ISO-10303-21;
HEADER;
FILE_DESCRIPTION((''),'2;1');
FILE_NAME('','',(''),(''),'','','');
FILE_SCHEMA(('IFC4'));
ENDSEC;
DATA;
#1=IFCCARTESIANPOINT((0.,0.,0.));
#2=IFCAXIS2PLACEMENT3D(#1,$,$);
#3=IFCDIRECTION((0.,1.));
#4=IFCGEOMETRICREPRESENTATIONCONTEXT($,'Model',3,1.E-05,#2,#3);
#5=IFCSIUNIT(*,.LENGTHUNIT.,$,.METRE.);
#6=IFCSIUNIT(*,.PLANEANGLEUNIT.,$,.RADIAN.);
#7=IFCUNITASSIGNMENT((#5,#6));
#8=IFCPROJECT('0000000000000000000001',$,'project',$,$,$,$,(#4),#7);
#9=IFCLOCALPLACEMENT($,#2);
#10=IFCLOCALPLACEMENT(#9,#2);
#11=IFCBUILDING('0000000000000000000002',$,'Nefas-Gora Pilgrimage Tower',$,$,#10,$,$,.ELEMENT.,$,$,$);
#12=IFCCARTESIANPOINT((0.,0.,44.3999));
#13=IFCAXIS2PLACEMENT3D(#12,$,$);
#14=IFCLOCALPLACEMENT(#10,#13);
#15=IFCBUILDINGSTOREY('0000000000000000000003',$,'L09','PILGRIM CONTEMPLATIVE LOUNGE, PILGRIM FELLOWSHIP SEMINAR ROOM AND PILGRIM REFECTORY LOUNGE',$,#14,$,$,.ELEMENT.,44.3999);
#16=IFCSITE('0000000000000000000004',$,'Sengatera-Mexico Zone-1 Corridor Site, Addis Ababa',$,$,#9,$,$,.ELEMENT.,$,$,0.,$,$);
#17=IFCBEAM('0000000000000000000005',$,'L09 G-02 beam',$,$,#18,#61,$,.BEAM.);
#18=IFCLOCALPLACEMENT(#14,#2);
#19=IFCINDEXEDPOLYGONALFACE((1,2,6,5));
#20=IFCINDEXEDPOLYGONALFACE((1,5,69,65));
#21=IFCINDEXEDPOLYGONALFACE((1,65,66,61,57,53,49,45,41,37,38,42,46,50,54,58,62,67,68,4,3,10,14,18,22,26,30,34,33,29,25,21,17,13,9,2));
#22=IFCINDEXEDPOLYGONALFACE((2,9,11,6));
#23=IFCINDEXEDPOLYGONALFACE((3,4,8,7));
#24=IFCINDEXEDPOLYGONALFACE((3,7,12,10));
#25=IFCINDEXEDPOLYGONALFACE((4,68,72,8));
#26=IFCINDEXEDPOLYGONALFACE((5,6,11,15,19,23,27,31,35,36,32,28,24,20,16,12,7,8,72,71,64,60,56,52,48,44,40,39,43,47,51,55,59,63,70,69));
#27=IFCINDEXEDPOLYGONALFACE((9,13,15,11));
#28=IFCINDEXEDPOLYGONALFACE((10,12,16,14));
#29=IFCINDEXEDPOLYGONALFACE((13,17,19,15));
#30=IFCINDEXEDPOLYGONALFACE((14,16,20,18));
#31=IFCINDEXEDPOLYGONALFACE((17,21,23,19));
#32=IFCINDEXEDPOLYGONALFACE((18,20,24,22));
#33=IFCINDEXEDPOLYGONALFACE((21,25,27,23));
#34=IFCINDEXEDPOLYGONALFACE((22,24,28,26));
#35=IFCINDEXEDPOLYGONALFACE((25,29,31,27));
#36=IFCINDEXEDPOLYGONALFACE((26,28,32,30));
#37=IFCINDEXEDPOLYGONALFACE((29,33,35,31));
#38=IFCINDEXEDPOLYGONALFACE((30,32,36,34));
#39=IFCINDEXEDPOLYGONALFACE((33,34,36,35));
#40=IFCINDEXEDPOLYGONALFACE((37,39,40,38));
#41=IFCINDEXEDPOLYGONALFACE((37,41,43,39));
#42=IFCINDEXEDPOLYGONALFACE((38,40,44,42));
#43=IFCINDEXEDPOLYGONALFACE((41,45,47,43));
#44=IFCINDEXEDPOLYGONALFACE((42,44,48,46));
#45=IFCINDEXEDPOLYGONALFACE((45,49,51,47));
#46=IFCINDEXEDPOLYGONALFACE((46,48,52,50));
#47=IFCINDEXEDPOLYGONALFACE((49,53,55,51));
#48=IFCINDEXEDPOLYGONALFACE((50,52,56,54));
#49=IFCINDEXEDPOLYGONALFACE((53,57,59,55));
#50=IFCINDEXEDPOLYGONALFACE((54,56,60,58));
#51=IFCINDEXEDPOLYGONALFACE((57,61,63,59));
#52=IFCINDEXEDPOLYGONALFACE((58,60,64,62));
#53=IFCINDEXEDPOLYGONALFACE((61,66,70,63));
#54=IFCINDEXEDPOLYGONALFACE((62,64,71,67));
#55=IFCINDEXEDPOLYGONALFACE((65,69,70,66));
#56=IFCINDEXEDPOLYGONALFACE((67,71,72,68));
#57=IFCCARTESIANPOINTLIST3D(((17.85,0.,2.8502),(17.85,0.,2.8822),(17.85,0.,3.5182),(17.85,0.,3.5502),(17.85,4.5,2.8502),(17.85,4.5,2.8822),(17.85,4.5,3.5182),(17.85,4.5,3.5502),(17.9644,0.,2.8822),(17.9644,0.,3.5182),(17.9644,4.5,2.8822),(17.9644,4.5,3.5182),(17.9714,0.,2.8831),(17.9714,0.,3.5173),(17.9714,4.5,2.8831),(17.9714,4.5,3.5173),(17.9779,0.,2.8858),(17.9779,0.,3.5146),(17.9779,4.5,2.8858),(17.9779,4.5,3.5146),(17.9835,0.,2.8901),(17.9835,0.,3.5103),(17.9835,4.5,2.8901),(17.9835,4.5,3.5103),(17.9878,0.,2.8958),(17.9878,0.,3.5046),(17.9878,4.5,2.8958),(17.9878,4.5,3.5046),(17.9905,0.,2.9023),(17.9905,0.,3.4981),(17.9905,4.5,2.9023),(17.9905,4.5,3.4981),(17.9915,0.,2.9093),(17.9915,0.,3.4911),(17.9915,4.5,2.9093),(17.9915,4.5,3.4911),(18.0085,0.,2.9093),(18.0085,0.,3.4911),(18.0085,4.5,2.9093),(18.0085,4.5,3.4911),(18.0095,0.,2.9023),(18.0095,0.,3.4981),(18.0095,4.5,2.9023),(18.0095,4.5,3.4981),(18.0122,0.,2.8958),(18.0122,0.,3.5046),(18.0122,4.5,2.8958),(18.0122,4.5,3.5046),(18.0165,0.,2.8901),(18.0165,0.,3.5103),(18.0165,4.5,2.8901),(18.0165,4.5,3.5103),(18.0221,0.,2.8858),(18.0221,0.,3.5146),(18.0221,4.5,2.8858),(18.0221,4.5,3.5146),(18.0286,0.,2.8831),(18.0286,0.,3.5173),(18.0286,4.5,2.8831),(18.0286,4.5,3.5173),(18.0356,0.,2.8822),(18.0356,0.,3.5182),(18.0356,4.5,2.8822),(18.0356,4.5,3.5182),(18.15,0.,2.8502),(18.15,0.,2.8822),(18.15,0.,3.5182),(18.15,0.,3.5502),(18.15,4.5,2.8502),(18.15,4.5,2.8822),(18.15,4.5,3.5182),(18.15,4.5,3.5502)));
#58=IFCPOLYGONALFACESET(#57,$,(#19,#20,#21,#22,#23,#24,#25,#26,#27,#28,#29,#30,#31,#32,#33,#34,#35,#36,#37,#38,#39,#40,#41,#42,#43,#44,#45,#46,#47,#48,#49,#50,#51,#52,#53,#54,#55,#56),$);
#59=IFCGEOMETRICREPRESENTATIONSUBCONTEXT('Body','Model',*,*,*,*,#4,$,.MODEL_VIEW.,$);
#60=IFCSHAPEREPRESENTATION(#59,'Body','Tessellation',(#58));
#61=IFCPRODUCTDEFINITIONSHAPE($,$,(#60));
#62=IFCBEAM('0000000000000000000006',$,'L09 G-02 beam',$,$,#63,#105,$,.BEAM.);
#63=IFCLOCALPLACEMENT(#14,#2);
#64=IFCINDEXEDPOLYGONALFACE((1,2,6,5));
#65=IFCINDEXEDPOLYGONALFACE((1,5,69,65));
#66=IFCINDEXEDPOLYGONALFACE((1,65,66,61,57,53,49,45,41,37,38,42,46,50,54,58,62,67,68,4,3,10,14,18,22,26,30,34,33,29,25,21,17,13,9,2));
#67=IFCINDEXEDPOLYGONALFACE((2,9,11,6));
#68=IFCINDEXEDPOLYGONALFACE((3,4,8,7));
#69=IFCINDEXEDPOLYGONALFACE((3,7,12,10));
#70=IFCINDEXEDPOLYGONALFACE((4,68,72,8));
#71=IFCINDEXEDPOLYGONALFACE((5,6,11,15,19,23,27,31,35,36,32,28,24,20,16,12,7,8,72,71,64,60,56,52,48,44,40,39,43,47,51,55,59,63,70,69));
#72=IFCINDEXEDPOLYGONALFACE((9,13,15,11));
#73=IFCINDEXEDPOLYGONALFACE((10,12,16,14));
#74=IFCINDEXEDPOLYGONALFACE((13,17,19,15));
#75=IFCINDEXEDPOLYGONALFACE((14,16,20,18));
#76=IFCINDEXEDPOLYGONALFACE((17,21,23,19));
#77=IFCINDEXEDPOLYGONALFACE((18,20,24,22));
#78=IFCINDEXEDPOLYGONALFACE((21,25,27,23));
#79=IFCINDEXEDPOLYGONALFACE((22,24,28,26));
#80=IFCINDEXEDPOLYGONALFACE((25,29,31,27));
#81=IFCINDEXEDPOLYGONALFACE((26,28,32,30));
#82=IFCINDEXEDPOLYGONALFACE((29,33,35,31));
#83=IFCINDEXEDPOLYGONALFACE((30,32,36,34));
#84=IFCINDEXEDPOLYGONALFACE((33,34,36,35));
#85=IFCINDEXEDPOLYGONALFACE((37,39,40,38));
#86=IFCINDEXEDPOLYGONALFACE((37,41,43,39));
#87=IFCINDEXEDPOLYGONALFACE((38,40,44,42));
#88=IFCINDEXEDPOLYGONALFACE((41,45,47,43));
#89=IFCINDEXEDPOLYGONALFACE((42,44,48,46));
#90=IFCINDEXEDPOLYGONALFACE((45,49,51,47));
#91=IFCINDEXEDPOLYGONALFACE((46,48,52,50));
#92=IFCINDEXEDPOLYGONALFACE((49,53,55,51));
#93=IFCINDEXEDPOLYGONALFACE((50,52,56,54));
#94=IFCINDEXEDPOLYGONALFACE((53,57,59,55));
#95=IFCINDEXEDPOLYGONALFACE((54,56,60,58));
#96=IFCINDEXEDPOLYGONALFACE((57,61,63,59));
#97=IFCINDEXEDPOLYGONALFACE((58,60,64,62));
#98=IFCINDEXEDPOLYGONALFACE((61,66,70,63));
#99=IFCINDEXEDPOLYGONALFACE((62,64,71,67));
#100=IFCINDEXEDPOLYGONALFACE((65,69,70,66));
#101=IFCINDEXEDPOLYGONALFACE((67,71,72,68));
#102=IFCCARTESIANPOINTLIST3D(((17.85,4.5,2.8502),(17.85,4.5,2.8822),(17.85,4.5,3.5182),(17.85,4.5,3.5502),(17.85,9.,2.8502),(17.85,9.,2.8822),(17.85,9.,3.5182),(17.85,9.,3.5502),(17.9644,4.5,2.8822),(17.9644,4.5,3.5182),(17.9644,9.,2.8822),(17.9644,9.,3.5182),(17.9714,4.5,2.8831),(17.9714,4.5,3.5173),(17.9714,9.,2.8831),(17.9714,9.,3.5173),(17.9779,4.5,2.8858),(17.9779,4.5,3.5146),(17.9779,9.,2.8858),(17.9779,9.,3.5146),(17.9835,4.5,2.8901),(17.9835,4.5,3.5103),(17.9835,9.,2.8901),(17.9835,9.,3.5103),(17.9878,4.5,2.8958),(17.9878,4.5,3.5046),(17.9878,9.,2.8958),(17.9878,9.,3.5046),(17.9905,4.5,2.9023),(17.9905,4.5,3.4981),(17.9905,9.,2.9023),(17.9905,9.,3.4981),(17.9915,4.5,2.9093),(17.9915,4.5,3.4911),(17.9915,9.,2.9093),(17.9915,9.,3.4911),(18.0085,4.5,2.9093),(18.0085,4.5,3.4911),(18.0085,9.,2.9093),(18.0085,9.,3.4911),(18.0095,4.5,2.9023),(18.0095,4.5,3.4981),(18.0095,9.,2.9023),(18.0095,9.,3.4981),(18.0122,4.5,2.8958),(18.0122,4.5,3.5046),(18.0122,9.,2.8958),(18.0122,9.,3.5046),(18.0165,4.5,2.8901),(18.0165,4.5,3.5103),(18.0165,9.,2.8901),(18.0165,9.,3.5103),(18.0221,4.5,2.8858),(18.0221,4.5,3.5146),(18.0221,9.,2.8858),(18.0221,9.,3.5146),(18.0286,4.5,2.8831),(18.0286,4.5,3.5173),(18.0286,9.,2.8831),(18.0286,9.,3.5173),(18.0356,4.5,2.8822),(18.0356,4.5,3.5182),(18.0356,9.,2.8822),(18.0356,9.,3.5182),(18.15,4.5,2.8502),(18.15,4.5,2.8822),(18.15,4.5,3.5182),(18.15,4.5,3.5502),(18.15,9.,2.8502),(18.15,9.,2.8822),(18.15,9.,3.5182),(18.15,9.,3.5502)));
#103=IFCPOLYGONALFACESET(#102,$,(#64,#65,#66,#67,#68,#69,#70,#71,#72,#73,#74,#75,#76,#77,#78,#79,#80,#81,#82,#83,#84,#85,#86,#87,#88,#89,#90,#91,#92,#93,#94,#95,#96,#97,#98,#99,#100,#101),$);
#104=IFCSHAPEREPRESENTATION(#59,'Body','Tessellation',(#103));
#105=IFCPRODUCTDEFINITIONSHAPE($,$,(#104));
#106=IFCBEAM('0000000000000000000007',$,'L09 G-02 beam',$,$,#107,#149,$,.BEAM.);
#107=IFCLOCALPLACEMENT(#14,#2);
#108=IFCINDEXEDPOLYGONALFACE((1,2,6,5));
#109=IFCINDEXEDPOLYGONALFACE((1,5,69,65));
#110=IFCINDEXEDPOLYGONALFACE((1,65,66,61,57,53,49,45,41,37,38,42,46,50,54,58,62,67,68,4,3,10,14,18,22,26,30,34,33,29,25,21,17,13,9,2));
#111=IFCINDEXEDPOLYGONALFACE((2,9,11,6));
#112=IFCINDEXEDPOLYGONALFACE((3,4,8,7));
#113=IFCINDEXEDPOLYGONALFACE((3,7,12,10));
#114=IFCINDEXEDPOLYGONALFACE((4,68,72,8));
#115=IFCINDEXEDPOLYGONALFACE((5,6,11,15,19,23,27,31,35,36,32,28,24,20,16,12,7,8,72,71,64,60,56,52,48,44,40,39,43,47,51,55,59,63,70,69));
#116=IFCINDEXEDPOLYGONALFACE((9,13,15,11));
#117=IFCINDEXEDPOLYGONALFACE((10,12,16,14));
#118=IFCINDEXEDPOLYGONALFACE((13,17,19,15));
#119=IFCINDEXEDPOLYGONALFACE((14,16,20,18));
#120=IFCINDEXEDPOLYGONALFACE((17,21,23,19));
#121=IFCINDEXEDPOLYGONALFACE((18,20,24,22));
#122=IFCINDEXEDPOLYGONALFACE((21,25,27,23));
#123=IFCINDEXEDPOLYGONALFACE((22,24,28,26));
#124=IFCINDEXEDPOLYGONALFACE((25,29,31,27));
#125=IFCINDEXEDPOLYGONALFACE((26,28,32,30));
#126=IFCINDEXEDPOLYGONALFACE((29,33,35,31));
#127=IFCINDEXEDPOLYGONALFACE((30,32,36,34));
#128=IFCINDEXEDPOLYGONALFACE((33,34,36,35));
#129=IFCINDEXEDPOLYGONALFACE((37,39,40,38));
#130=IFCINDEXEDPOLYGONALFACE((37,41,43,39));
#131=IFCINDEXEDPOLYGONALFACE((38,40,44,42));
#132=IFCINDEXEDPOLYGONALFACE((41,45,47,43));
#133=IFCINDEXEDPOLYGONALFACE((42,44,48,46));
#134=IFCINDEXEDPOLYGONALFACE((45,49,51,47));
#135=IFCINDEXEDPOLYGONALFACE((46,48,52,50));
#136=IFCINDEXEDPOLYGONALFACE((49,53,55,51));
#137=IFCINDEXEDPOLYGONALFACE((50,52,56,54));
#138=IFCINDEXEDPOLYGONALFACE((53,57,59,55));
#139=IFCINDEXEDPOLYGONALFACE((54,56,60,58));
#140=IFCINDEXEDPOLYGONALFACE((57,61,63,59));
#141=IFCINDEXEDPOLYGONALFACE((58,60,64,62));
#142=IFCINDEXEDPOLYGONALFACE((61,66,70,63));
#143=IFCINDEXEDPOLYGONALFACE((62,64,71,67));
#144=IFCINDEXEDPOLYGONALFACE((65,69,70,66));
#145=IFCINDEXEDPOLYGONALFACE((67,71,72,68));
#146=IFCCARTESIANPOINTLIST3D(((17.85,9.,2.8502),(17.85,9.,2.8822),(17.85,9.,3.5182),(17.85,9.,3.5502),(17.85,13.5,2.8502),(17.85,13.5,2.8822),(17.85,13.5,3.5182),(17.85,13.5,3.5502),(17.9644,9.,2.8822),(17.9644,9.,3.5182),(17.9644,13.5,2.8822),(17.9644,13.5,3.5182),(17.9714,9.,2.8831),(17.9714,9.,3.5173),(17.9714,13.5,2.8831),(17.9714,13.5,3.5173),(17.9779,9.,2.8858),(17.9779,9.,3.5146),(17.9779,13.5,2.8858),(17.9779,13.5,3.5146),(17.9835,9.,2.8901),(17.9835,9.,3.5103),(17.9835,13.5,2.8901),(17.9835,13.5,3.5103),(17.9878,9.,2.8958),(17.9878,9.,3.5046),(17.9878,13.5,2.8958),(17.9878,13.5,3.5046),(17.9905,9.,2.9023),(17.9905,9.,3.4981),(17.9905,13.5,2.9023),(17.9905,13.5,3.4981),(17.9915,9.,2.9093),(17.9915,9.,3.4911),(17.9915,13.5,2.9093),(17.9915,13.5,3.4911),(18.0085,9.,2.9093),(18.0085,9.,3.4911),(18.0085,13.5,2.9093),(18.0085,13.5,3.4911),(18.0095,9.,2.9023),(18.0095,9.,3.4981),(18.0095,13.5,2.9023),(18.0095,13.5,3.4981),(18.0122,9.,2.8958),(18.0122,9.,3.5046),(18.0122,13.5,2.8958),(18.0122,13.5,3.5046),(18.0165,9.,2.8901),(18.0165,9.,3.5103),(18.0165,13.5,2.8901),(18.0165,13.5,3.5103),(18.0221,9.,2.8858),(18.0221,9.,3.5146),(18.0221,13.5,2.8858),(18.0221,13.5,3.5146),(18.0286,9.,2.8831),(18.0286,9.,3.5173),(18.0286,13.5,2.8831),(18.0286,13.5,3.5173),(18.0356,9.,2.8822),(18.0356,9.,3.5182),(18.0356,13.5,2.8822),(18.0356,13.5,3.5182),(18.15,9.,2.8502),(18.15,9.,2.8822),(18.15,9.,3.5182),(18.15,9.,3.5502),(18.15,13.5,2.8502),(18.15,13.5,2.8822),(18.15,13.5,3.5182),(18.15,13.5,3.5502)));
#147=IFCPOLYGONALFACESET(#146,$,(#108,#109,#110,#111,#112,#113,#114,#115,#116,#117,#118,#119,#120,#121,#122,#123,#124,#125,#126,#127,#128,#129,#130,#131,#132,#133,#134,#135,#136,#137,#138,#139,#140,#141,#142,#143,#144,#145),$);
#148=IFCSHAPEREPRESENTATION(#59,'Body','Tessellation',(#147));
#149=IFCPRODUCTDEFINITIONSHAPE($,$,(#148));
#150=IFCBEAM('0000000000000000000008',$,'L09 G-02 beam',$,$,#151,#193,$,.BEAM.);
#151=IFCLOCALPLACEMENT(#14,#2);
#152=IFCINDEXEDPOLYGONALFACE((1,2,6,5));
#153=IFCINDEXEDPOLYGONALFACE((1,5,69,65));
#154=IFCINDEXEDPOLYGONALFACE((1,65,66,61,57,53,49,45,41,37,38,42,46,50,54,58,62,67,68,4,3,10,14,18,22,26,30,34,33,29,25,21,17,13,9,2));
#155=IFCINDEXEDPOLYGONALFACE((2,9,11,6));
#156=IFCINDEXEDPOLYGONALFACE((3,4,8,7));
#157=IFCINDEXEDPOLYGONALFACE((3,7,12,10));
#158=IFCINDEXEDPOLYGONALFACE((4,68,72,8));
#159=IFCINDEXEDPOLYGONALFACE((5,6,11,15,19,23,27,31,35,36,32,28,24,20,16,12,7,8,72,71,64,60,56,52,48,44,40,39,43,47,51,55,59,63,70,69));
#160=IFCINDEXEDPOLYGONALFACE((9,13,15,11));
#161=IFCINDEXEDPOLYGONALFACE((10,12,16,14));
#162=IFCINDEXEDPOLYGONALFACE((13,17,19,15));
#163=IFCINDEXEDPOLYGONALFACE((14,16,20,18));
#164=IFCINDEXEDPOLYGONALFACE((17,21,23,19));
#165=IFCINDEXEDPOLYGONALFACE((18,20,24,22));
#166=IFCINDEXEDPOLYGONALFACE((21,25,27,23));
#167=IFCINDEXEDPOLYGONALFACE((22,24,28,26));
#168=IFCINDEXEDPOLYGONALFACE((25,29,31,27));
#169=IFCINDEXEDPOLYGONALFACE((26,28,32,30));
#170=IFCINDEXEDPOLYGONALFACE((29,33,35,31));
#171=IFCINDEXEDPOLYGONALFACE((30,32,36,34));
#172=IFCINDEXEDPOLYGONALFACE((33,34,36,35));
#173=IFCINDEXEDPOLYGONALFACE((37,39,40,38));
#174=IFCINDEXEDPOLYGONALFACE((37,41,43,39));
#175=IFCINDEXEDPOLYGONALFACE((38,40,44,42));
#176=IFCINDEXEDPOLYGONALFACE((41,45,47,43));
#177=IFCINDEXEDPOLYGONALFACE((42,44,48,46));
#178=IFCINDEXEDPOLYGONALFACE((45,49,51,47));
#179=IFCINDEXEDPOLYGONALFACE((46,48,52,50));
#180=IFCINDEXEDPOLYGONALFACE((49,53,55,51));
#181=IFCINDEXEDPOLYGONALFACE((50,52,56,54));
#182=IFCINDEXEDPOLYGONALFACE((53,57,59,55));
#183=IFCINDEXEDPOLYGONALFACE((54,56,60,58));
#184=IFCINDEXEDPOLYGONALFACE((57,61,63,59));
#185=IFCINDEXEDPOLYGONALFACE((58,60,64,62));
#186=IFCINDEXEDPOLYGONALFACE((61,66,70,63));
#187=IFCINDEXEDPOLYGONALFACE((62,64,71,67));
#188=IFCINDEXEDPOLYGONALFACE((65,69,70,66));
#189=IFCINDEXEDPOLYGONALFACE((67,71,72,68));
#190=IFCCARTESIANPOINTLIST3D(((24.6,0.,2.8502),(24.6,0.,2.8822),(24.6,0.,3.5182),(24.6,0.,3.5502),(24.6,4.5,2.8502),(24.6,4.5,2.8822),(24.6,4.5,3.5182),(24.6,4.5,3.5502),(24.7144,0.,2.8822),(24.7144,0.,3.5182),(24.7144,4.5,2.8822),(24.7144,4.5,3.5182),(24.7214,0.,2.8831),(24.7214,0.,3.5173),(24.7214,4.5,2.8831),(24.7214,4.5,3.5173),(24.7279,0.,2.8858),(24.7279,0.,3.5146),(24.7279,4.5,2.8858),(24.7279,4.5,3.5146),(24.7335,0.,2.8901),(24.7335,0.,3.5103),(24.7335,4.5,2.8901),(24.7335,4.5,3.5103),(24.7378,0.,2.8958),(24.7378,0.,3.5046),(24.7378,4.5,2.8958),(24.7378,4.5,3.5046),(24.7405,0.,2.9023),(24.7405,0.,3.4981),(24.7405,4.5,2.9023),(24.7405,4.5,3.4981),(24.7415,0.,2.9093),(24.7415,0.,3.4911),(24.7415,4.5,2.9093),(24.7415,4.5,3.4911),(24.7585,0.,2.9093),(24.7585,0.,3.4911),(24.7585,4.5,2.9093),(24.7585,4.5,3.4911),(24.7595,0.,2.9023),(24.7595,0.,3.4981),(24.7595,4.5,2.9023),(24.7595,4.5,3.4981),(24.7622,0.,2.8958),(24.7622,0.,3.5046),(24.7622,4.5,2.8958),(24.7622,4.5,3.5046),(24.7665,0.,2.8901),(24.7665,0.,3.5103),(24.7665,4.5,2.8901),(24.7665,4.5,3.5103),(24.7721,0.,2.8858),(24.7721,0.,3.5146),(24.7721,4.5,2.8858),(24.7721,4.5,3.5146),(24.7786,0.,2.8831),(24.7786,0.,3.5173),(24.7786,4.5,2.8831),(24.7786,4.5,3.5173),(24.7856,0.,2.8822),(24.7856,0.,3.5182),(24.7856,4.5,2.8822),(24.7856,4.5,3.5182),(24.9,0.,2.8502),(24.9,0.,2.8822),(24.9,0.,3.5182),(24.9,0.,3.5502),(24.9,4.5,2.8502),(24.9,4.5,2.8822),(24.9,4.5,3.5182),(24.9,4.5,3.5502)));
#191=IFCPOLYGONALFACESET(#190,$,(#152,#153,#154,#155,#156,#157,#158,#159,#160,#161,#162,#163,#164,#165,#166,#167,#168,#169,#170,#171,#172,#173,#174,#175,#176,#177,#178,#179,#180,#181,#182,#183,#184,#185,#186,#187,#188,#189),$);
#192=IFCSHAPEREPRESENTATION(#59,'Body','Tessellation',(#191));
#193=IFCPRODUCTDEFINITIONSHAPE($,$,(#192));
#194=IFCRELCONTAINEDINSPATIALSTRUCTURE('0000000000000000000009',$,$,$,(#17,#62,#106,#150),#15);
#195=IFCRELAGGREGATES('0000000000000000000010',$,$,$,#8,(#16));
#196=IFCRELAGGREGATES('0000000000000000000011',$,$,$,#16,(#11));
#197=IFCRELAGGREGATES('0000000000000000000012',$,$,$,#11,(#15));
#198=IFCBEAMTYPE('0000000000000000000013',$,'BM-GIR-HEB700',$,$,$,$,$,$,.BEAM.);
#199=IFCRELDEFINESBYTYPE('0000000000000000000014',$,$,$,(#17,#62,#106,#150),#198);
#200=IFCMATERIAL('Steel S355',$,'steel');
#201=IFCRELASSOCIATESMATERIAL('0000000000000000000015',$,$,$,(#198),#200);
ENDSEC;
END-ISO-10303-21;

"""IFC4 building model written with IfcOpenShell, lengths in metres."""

from ifc_helpers import new_model, si_unit, direction, frame, origin, origin_2d, place, context, subcontext, project, spatial, i_section, extrude, source, transform, mapped, material, material_profile, profile_set, type_object, element, save


model = new_model("IFC4")

# Units and contexts
model_context = context("Model", 3, precision=1e-05, world=origin(), true_north=direction((0.0, 1.0)))
body_context = subcontext(model_context, "Body", "Model", "MODEL_VIEW")
ifc_project = project(units=[si_unit("LENGTHUNIT", "METRE"), si_unit("PLANEANGLEUNIT", "RADIAN")], contexts=[model_context])

# Site, building, storey
site_placement = place(None, origin())
site = spatial("IfcSite", under=ifc_project, at=site_placement, Name="Sengatera-Mexico Zone-1 Corridor Site, Addis Ababa", CompositionType="ELEMENT", RefElevation=0.0)
building_placement = place(site_placement, origin())
building = spatial("IfcBuilding", under=site, at=building_placement, Name="Nefas-Gora Pilgrimage Tower", CompositionType="ELEMENT")
storey_placement = place(building_placement, frame((0.0, 0.0, 44.3999)))
storey = spatial("IfcBuildingStorey", under=building, at=storey_placement, Name="L09", Description="PILGRIM CONTEMPLATIVE LOUNGE, PILGRIM FELLOWSHIP SEMINAR ROOM AND PILGRIM REFECTORY LOUNGE", CompositionType="ELEMENT", Elevation=44.3999)

# Beams
ifc_material_1 = material(Name="Steel S355", Category="steel")
ifc_material_profile_1 = material_profile(ifc_material_1, i_section(OverallWidth=0.3, OverallDepth=0.7, WebThickness=0.0171, FlangeThickness=0.032, FilletRadius=0.0271, at=origin_2d()), Name="HEB 700")
ifc_profile_set_1 = profile_set([ifc_material_profile_1], Name="Steel S355")
beam_type_1 = type_object("IfcBeamType", Name="BM-GIR-HEB700", PredefinedType="BEAM", material=ifc_profile_set_1)
shared_shape_1 = source(origin(), body_context, "Body", "SweptSolid", [
    extrude(i_section(OverallWidth=0.3, OverallDepth=0.7, WebThickness=0.0171, FlangeThickness=0.032, FilletRadius=0.0271, at=origin_2d()), origin(), (0.0, 0.0, 1.0), 4.5),
])
for number, where, z_axis, x_axis, name in (
    (1, (18.0, 0.0, 3.2002), (0.0, 1.0, 0.0), (-1.0, 0.0, 0.0), "L09 G-02 beam"),
    (2, (18.0, 4.5, 3.2002), (0.0, 1.0, 0.0), (-1.0, 0.0, 0.0), "L09 G-02 beam"),
    (3, (18.0, 9.0, 3.2002), (0.0, 1.0, 0.0), (-1.0, 0.0, 0.0), "L09 G-02 beam"),
    (4, (24.75, 0.0, 3.2002), (0.0, 1.0, 0.0), (-1.0, 0.0, 0.0), "L09 G-02 beam"),
):
    element("IfcBeam", number, at=place(storey_placement, frame(where, z_axis=z_axis, x_axis=x_axis)), inside=storey, type_object=beam_type_1, Name=name, PredefinedType="BEAM", context=body_context, shape_type="MappedRepresentation", body=[
        mapped(shared_shape_1, transform((0.0, 0.0, 0.0), x_axis=(1.0, 0.0, 0.0), y_axis=(0.0, 1.0, 0.0), z_axis=(0.0, 0.0, 1.0), scale=1.0)),
    ])

save(model, "model.ifc")
